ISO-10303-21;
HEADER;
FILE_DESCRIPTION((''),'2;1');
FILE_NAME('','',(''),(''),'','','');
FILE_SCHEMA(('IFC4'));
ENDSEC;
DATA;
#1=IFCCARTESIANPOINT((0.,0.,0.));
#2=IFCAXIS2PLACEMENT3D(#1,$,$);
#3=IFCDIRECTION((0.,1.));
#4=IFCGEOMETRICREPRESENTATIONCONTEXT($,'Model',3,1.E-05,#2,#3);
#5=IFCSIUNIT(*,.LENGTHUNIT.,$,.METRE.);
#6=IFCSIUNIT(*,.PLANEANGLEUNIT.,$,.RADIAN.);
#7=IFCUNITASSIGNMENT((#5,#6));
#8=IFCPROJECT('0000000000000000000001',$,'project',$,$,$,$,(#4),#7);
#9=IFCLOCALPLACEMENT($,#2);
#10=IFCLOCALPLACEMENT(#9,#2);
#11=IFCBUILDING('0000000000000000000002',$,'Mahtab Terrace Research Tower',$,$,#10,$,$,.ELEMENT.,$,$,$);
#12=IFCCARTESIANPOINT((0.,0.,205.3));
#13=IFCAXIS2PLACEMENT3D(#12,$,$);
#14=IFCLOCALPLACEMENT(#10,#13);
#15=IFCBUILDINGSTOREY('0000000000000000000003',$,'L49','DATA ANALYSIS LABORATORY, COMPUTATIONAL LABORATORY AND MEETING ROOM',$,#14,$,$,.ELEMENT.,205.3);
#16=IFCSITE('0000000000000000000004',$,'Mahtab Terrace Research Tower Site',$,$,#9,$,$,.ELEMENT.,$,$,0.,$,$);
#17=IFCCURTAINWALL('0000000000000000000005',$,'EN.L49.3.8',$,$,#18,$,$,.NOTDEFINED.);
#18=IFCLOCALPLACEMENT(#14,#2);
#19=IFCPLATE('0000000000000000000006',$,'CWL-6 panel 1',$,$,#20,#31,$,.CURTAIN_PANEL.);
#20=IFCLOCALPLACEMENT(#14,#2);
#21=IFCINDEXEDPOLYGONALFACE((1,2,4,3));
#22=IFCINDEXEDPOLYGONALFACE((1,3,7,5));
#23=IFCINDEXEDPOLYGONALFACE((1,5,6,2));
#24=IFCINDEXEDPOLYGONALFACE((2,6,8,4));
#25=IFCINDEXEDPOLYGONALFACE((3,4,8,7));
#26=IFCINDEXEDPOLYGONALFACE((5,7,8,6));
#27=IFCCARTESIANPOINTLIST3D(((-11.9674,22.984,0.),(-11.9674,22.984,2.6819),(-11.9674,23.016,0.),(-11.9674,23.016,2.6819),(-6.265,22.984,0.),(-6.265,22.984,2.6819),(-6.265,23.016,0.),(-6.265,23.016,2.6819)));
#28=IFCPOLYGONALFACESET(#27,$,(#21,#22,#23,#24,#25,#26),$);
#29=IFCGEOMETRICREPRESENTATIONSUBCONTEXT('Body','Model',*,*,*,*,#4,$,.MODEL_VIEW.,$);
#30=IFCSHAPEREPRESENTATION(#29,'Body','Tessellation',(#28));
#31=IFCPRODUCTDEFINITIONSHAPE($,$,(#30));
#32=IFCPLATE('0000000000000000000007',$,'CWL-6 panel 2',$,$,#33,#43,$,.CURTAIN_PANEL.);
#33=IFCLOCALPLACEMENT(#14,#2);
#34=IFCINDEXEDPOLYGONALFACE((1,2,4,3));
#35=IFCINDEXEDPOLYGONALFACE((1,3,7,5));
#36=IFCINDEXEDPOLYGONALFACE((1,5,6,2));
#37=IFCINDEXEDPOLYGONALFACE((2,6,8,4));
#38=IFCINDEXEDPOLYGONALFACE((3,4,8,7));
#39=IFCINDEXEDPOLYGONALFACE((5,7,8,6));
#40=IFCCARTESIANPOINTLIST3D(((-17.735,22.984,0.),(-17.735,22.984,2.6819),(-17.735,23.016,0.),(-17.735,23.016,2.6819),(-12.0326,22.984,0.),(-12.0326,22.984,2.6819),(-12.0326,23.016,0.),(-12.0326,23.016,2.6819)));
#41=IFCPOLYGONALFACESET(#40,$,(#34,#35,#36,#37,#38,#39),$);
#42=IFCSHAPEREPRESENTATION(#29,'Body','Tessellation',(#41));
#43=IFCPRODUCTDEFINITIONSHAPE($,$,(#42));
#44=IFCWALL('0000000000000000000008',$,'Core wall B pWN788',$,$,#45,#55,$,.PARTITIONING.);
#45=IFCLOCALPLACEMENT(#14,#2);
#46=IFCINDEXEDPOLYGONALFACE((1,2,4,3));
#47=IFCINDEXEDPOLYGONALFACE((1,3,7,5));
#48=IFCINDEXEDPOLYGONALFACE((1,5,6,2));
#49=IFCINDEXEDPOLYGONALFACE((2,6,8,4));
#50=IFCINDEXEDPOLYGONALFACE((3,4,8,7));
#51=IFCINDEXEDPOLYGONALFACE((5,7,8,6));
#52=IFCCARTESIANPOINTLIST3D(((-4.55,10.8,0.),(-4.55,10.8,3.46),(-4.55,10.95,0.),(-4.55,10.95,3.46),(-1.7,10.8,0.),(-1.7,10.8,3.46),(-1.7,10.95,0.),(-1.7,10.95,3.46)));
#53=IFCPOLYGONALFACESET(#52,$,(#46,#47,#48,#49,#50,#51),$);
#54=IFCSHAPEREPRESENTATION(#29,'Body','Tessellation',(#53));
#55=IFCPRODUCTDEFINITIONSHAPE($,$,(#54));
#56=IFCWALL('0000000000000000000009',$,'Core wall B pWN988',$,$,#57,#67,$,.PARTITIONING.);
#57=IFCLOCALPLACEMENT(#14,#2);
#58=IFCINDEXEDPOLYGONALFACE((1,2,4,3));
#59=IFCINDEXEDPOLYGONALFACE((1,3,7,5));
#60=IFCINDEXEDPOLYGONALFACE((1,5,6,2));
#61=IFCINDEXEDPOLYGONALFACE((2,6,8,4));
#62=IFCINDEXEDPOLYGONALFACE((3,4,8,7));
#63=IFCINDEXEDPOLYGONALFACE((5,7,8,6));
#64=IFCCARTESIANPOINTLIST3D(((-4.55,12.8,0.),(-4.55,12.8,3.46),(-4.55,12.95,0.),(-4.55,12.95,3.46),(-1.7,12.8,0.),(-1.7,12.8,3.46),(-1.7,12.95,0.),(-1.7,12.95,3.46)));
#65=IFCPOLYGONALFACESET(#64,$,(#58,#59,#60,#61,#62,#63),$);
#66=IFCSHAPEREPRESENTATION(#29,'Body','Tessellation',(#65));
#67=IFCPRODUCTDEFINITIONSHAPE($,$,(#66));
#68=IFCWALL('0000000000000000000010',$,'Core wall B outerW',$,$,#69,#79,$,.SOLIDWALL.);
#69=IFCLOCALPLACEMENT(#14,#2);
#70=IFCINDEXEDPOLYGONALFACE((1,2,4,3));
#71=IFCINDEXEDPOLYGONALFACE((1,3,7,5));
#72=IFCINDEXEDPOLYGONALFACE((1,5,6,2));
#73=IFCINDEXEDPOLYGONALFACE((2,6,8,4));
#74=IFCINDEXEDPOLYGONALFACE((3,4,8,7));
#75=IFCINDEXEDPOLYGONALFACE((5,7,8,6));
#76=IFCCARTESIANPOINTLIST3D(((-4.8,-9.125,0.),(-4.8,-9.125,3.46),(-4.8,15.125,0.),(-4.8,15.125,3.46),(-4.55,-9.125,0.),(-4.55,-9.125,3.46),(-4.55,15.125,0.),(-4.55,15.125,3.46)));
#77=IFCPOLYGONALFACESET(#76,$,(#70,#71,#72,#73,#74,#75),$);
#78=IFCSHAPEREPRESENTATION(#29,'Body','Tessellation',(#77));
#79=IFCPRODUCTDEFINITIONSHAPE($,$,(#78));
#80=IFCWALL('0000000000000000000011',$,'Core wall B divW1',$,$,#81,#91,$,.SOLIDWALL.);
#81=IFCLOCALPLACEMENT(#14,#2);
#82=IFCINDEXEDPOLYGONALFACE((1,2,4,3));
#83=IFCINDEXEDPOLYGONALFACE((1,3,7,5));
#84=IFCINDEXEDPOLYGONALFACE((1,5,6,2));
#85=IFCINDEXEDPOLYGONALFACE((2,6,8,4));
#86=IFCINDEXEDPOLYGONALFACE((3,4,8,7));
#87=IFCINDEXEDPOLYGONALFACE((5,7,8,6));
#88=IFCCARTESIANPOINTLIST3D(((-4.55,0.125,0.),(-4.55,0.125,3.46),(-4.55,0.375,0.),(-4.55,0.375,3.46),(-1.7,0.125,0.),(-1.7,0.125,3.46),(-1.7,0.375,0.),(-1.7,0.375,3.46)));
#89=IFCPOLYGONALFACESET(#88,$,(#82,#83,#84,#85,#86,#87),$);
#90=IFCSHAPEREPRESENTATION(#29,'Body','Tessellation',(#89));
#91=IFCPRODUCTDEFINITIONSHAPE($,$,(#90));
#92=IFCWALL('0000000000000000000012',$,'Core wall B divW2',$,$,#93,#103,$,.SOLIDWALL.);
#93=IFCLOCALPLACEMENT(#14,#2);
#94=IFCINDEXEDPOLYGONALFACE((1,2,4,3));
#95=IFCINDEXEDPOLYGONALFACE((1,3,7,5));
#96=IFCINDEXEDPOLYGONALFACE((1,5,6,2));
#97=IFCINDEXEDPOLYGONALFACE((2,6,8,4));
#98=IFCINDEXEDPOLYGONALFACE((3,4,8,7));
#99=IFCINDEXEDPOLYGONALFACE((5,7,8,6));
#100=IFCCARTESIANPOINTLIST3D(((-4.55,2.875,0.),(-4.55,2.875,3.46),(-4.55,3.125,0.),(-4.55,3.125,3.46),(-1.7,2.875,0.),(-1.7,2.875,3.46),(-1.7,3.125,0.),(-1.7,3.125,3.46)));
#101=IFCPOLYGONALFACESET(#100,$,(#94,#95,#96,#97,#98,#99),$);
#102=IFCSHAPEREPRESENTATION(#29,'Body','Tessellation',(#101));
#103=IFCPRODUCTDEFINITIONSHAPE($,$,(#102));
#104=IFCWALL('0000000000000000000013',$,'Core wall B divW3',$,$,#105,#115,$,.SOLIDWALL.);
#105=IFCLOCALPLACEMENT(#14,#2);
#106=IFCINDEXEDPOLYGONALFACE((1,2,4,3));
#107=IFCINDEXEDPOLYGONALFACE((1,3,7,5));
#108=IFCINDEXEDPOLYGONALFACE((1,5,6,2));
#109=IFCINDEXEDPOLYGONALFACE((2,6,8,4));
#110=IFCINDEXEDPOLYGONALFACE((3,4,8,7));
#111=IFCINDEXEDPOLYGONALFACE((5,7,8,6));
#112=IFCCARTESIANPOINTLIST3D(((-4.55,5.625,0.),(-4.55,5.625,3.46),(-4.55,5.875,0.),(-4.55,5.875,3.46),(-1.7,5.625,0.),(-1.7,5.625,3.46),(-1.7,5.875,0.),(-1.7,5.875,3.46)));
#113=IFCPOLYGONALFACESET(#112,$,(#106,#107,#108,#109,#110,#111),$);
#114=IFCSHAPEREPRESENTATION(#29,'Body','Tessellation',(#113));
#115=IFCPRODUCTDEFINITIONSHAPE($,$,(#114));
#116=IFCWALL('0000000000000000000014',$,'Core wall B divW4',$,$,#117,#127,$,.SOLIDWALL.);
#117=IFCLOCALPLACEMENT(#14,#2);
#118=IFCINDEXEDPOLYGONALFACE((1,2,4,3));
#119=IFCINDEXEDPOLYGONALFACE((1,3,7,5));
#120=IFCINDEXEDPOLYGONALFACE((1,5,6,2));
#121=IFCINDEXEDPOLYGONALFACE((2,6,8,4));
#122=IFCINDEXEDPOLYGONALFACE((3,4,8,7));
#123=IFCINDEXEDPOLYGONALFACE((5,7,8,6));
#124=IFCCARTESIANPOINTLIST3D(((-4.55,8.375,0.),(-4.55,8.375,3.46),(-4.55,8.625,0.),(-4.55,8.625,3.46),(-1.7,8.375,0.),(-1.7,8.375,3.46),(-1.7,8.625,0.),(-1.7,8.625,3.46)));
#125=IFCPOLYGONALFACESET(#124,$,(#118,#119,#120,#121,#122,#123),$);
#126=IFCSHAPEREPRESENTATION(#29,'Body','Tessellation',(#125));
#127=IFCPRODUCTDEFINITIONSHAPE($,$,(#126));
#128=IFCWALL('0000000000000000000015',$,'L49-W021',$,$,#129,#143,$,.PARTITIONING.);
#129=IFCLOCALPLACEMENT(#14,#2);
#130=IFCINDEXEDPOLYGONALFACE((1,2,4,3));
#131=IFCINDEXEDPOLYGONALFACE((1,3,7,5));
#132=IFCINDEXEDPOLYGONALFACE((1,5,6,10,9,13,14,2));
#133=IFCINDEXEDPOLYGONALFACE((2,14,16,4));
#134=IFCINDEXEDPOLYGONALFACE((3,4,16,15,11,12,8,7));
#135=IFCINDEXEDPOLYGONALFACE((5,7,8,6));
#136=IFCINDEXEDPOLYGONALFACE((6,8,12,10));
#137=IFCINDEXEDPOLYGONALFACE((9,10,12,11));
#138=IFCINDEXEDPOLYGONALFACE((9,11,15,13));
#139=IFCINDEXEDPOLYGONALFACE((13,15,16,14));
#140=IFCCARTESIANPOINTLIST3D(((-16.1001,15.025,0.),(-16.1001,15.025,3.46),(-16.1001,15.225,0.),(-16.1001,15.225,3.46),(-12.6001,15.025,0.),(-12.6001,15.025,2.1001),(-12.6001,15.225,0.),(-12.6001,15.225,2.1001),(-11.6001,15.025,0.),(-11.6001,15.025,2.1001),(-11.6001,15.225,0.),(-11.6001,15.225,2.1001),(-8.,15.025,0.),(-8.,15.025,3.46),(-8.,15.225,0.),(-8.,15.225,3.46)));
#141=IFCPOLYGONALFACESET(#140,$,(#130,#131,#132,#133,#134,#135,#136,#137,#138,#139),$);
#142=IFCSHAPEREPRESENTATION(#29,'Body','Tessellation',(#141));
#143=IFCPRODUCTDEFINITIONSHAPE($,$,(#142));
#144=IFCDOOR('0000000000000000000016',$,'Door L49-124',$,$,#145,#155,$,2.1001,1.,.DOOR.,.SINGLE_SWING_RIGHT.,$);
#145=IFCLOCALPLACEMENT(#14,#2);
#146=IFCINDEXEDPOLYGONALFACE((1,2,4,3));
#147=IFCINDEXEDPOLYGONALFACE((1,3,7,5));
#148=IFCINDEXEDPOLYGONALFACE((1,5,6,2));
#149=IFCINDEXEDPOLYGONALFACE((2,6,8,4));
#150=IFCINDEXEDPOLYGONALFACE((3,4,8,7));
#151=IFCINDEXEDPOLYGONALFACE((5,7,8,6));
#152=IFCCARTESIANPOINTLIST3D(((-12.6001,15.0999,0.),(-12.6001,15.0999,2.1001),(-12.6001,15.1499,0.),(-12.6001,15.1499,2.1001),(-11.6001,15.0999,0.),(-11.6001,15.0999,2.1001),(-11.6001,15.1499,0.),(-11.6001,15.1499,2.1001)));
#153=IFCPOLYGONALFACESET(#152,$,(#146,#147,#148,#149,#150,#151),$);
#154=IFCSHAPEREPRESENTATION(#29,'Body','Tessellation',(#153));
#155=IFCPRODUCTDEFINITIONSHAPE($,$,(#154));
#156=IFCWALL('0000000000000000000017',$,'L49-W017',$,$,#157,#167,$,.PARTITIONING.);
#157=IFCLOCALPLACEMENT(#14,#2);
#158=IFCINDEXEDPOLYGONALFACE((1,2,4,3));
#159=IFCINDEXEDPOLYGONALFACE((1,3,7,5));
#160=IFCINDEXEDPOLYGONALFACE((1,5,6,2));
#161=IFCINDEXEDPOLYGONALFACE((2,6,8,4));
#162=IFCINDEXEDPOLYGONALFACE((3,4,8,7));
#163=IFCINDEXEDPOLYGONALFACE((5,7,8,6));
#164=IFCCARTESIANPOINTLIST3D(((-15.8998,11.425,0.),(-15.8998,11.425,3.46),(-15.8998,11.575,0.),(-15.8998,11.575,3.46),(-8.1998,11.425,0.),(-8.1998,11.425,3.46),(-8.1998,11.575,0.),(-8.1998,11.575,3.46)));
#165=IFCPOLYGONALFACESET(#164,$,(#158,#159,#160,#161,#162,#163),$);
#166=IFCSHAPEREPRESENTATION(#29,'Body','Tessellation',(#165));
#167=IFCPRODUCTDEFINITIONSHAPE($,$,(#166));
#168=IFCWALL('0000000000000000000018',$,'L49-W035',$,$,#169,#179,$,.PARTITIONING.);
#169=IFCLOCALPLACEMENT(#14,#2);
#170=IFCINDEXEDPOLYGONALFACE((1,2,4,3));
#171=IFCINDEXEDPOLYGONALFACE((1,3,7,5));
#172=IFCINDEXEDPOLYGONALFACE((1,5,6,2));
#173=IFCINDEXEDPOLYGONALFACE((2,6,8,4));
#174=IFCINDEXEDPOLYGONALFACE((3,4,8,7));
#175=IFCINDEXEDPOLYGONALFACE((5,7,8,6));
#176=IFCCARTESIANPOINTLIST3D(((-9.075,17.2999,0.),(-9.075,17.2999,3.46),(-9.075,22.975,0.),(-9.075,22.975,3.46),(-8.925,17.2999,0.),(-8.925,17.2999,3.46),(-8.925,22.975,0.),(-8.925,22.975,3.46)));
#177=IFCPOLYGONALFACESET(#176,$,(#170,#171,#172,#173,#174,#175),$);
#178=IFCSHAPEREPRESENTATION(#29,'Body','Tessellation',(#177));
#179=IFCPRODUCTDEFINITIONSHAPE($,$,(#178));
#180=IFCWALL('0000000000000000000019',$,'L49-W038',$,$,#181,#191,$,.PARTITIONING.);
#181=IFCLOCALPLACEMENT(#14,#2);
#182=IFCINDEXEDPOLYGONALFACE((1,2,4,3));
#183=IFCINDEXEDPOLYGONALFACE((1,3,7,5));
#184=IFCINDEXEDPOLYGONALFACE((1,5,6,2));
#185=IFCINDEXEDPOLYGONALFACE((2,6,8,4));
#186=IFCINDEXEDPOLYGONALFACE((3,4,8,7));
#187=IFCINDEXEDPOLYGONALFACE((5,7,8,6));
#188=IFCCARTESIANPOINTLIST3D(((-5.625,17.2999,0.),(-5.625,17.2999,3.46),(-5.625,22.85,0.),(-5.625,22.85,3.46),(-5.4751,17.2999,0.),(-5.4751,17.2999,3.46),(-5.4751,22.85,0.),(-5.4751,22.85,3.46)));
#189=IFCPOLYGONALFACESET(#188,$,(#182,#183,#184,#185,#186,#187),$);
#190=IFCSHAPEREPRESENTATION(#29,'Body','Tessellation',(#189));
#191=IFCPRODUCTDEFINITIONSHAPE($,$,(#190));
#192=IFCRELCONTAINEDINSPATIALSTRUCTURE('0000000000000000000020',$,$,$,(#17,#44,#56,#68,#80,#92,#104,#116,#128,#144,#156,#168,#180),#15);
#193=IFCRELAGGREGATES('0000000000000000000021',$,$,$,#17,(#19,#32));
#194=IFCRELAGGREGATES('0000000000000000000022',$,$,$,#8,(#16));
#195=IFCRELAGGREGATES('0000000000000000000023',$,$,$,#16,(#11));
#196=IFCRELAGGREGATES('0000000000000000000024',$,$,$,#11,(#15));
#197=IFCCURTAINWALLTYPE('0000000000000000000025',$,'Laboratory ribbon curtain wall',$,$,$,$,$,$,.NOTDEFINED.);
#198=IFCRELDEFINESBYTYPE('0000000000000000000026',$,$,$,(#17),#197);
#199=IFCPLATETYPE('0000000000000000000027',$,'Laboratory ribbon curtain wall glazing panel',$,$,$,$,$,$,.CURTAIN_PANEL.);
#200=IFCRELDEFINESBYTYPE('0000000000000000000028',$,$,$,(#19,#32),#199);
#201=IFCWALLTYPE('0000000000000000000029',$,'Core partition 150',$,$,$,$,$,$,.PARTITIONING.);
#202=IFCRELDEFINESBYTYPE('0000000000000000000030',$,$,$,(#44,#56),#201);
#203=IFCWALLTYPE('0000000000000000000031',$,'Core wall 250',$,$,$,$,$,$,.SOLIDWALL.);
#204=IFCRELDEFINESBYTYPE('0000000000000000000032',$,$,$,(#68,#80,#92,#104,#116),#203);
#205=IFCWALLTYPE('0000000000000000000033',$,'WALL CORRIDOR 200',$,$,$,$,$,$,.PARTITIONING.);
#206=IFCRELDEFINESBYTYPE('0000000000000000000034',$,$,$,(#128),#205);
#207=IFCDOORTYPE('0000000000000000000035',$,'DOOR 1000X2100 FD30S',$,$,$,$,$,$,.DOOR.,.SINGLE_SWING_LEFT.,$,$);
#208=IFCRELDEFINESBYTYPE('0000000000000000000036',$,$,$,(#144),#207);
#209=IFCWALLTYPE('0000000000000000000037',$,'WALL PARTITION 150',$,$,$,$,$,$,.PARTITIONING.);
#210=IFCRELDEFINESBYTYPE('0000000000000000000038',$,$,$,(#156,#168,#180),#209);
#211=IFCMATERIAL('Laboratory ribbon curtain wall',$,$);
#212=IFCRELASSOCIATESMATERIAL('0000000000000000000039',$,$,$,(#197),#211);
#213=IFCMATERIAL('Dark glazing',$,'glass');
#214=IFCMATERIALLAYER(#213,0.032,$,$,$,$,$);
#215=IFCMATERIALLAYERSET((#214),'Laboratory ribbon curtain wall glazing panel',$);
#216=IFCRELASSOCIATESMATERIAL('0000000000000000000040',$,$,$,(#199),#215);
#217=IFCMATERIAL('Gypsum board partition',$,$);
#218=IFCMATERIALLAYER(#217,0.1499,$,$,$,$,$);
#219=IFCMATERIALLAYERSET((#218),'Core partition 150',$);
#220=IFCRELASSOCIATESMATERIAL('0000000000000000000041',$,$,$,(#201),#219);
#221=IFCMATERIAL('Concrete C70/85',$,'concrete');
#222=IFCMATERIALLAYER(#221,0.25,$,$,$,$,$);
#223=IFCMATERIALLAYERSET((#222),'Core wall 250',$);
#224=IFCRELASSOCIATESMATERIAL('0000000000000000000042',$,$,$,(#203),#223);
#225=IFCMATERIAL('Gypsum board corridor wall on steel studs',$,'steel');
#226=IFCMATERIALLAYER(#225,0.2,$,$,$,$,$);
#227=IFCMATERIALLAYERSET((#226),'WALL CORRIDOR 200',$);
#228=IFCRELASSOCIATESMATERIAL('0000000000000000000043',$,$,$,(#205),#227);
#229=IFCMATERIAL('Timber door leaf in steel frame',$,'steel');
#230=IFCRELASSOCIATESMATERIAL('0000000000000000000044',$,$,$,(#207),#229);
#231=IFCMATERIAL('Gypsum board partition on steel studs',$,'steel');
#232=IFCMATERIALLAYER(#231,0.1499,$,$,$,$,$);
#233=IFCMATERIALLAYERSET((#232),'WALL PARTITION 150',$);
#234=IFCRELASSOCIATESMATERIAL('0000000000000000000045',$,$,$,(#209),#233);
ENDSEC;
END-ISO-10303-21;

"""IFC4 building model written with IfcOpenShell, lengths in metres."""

from ifc_helpers import new_model, si_unit, direction, frame, frame_2d, origin, origin_2d, place, context, subcontext, project, spatial, rectangle, extrude, material, layer, layer_set, type_object, element, fill, aggregate, save


model = new_model("IFC4")

# Units and contexts
model_context = context("Model", 3, precision=1e-05, world=origin(), true_north=direction((0.0, 1.0)))
body_context = subcontext(model_context, "Body", "Model", "MODEL_VIEW")
ifc_project = project(units=[si_unit("LENGTHUNIT", "METRE"), si_unit("PLANEANGLEUNIT", "RADIAN")], contexts=[model_context])

# Site, building, storey
site_placement = place(None, origin())
site = spatial("IfcSite", under=ifc_project, at=site_placement, Name="Mahtab Terrace Research Tower Site", CompositionType="ELEMENT", RefElevation=0.0)
building_placement = place(site_placement, origin())
building = spatial("IfcBuilding", under=site, at=building_placement, Name="Mahtab Terrace Research Tower", CompositionType="ELEMENT")
storey_placement = place(building_placement, frame((0.0, 0.0, 205.3)))
storey = spatial("IfcBuildingStorey", under=building, at=storey_placement, Name="L49", Description="DATA ANALYSIS LABORATORY, COMPUTATIONAL LABORATORY AND MEETING ROOM", CompositionType="ELEMENT", Elevation=205.3)

# Shared definitions
ifc_material_1 = material(Name="Concrete C70/85", Category="concrete")

# Curtain wall
ifc_material_2 = material(Name="Laboratory ribbon curtain wall")
curtain_wall_type = type_object("IfcCurtainWallType", Name="Laboratory ribbon curtain wall", PredefinedType="NOTDEFINED", material=ifc_material_2)
curtain_wall_placement = place(storey_placement, origin())
curtain_wall = element("IfcCurtainWall", 1, at=curtain_wall_placement, inside=storey, type_object=curtain_wall_type, Name="EN.L49.3.8", PredefinedType="NOTDEFINED")

# Plates
ifc_material_3 = material(Name="Dark glazing", Category="glass")
ifc_layer_1 = layer(ifc_material_3, 0.032)
ifc_layer_set_1 = layer_set([ifc_layer_1], Name="Laboratory ribbon curtain wall glazing panel")
plate_type = type_object("IfcPlateType", Name="Laboratory ribbon curtain wall glazing panel", PredefinedType="CURTAIN_PANEL", material=ifc_layer_set_1)
plate_1_placement = place(storey_placement, frame((-9.1162, 23.0, 0.0), z_axis=(0.0, 0.0, 1.0), x_axis=(-1.0, 0.0, 0.0)))
plate_1 = element("IfcPlate", 2, at=plate_1_placement, type_object=plate_type, Name="CWL-6 panel 1", PredefinedType="CURTAIN_PANEL", context=body_context, shape_type="SweptSolid", body=[
    extrude(rectangle(XDim=5.7024, YDim=0.032, at=origin_2d()), origin(), (0.0, 0.0, 1.0), 2.6819),
])
plate_2_placement = place(storey_placement, frame((-14.8838, 23.0, 0.0), z_axis=(0.0, 0.0, 1.0), x_axis=(-1.0, 0.0, 0.0)))
plate_2 = element("IfcPlate", 3, at=plate_2_placement, type_object=plate_type, Name="CWL-6 panel 2", PredefinedType="CURTAIN_PANEL", context=body_context, shape_type="SweptSolid", body=[
    extrude(rectangle(XDim=5.7024, YDim=0.032, at=origin_2d()), origin(), (0.0, 0.0, 1.0), 2.6819),
])
aggregate(curtain_wall, [plate_1, plate_2])

# Walls
ifc_material_4 = material(Name="Gypsum board partition")
ifc_layer_2 = layer(ifc_material_4, 0.1499)
ifc_layer_set_2 = layer_set([ifc_layer_2], Name="Core partition 150")
wall_type_1 = type_object("IfcWallType", Name="Core partition 150", PredefinedType="PARTITIONING", material=ifc_layer_set_2)
for number, where, z_axis, x_axis, name in (
    (4, (-4.55, 10.875, 0.0), (0.0, 0.0, 1.0), (1.0, 0.0, 0.0), "Core wall B pWN788"),
    (5, (-4.55, 12.875, 0.0), (0.0, 0.0, 1.0), (1.0, 0.0, 0.0), "Core wall B pWN988"),
):
    element("IfcWall", number, at=place(storey_placement, frame(where, z_axis=z_axis, x_axis=x_axis)), inside=storey, type_object=wall_type_1, Name=name, PredefinedType="PARTITIONING", context=body_context, shape_type="SweptSolid", body=[
        extrude(rectangle(XDim=2.8501, YDim=0.1499, at=frame_2d((1.425, 0.0))), origin(), (0.0, 0.0, 1.0), 3.46),
    ])
ifc_layer_3 = layer(ifc_material_1, 0.25)
ifc_layer_set_3 = layer_set([ifc_layer_3], Name="Core wall 250")
wall_type_2 = type_object("IfcWallType", Name="Core wall 250", PredefinedType="SOLIDWALL", material=ifc_layer_set_3)
wall_1_placement = place(storey_placement, frame((-4.675, 15.125, 0.0), z_axis=(0.0, 0.0, 1.0), x_axis=(0.0, -1.0, 0.0)))
element("IfcWall", 6, at=wall_1_placement, inside=storey, type_object=wall_type_2, Name="Core wall B outerW", PredefinedType="SOLIDWALL", context=body_context, shape_type="SweptSolid", body=[
    extrude(rectangle(XDim=24.25, YDim=0.25, at=frame_2d((12.125, 0.0))), origin(), (0.0, 0.0, 1.0), 3.46),
])
for number, where, z_axis, x_axis, name in (
    (7, (-4.55, 0.25, 0.0), (0.0, 0.0, 1.0), (1.0, 0.0, 0.0), "Core wall B divW1"),
    (8, (-4.55, 3.0, 0.0), (0.0, 0.0, 1.0), (1.0, 0.0, 0.0), "Core wall B divW2"),
    (9, (-4.55, 5.75, 0.0), (0.0, 0.0, 1.0), (1.0, 0.0, 0.0), "Core wall B divW3"),
    (10, (-4.55, 8.5, 0.0), (0.0, 0.0, 1.0), (1.0, 0.0, 0.0), "Core wall B divW4"),
):
    element("IfcWall", number, at=place(storey_placement, frame(where, z_axis=z_axis, x_axis=x_axis)), inside=storey, type_object=wall_type_2, Name=name, PredefinedType="SOLIDWALL", context=body_context, shape_type="SweptSolid", body=[
        extrude(rectangle(XDim=2.8501, YDim=0.25, at=frame_2d((1.425, 0.0))), origin(), (0.0, 0.0, 1.0), 3.46),
    ])

# Wall, opening, door
ifc_material_5 = material(Name="Gypsum board corridor wall on steel studs", Category="steel")
ifc_layer_4 = layer(ifc_material_5, 0.2)
ifc_layer_set_4 = layer_set([ifc_layer_4], Name="WALL CORRIDOR 200")
wall_type_3 = type_object("IfcWallType", Name="WALL CORRIDOR 200", PredefinedType="PARTITIONING", material=ifc_layer_set_4)
wall_2_placement = place(storey_placement, frame((-16.1001, 15.125, 0.0), z_axis=(0.0, 0.0, 1.0), x_axis=(1.0, 0.0, 0.0)))
wall_2 = element("IfcWall", 11, at=wall_2_placement, inside=storey, type_object=wall_type_3, Name="L49-W021", PredefinedType="PARTITIONING", context=body_context, shape_type="SweptSolid", body=[
    extrude(rectangle(XDim=8.1001, YDim=0.2, at=frame_2d((4.05, 0.0))), origin(), (0.0, 0.0, 1.0), 3.46),
])
opening_placement = place(wall_2_placement, frame((3.5, 0.0, 0.0)))
opening = element("IfcOpeningElement", 12, at=opening_placement, cuts=wall_2, PredefinedType="OPENING", context=body_context, shape_type="SweptSolid", body=[
    extrude(rectangle(XDim=1.0, YDim=2.1001, at=frame_2d((0.5, 1.05))), frame((0.0, 0.1099, 0.0), z_axis=(0.0, -1.0, 0.0), x_axis=(1.0, 0.0, 0.0)), (0.0, 0.0, 1.0), 0.22),
])
ifc_material_6 = material(Name="Timber door leaf in steel frame", Category="steel")
door_type = type_object("IfcDoorType", Name="DOOR 1000X2100 FD30S", OperationType="SINGLE_SWING_LEFT", PredefinedType="DOOR", material=ifc_material_6)
door_placement = place(opening_placement, origin())
door = element("IfcDoor", 13, at=door_placement, inside=storey, type_object=door_type, Name="Door L49-124", OperationType="SINGLE_SWING_RIGHT", OverallHeight=2.1001, OverallWidth=1.0, PredefinedType="DOOR", context=body_context, shape_type="SweptSolid", body=[
    extrude(rectangle(XDim=1.0, YDim=2.1001, at=frame_2d((0.5, 1.05))), frame((0.0, 0.0249, 0.0), z_axis=(0.0, -1.0, 0.0), x_axis=(1.0, 0.0, 0.0)), (0.0, 0.0, 1.0), 0.05),
])
fill(opening, door)

# Walls
ifc_material_7 = material(Name="Gypsum board partition on steel studs", Category="steel")
ifc_layer_5 = layer(ifc_material_7, 0.1499)
ifc_layer_set_5 = layer_set([ifc_layer_5], Name="WALL PARTITION 150")
wall_type_4 = type_object("IfcWallType", Name="WALL PARTITION 150", PredefinedType="PARTITIONING", material=ifc_layer_set_5)
wall_3_placement = place(storey_placement, frame((-15.8999, 11.5, 0.0), z_axis=(0.0, 0.0, 1.0), x_axis=(1.0, 0.0, 0.0)))
element("IfcWall", 14, at=wall_3_placement, inside=storey, type_object=wall_type_4, Name="L49-W017", PredefinedType="PARTITIONING", context=body_context, shape_type="SweptSolid", body=[
    extrude(rectangle(XDim=7.7, YDim=0.1499, at=frame_2d((3.8501, 0.0))), origin(), (0.0, 0.0, 1.0), 3.46),
])
wall_4_placement = place(storey_placement, frame((-9.0, 17.3, 0.0), z_axis=(0.0, 0.0, 1.0), x_axis=(0.0, 1.0, 0.0)))
element("IfcWall", 15, at=wall_4_placement, inside=storey, type_object=wall_type_4, Name="L49-W035", PredefinedType="PARTITIONING", context=body_context, shape_type="SweptSolid", body=[
    extrude(rectangle(XDim=5.675, YDim=0.1499, at=frame_2d((2.8374, 0.0))), origin(), (0.0, 0.0, 1.0), 3.46),
])
wall_5_placement = place(storey_placement, frame((-5.55, 17.3, 0.0), z_axis=(0.0, 0.0, 1.0), x_axis=(0.0, 1.0, 0.0)))
element("IfcWall", 16, at=wall_5_placement, inside=storey, type_object=wall_type_4, Name="L49-W038", PredefinedType="PARTITIONING", context=body_context, shape_type="SweptSolid", body=[
    extrude(rectangle(XDim=5.55, YDim=0.1499, at=frame_2d((2.7749, 0.0))), origin(), (0.0, 0.0, 1.0), 3.46),
])

save(model, "model.ifc")
